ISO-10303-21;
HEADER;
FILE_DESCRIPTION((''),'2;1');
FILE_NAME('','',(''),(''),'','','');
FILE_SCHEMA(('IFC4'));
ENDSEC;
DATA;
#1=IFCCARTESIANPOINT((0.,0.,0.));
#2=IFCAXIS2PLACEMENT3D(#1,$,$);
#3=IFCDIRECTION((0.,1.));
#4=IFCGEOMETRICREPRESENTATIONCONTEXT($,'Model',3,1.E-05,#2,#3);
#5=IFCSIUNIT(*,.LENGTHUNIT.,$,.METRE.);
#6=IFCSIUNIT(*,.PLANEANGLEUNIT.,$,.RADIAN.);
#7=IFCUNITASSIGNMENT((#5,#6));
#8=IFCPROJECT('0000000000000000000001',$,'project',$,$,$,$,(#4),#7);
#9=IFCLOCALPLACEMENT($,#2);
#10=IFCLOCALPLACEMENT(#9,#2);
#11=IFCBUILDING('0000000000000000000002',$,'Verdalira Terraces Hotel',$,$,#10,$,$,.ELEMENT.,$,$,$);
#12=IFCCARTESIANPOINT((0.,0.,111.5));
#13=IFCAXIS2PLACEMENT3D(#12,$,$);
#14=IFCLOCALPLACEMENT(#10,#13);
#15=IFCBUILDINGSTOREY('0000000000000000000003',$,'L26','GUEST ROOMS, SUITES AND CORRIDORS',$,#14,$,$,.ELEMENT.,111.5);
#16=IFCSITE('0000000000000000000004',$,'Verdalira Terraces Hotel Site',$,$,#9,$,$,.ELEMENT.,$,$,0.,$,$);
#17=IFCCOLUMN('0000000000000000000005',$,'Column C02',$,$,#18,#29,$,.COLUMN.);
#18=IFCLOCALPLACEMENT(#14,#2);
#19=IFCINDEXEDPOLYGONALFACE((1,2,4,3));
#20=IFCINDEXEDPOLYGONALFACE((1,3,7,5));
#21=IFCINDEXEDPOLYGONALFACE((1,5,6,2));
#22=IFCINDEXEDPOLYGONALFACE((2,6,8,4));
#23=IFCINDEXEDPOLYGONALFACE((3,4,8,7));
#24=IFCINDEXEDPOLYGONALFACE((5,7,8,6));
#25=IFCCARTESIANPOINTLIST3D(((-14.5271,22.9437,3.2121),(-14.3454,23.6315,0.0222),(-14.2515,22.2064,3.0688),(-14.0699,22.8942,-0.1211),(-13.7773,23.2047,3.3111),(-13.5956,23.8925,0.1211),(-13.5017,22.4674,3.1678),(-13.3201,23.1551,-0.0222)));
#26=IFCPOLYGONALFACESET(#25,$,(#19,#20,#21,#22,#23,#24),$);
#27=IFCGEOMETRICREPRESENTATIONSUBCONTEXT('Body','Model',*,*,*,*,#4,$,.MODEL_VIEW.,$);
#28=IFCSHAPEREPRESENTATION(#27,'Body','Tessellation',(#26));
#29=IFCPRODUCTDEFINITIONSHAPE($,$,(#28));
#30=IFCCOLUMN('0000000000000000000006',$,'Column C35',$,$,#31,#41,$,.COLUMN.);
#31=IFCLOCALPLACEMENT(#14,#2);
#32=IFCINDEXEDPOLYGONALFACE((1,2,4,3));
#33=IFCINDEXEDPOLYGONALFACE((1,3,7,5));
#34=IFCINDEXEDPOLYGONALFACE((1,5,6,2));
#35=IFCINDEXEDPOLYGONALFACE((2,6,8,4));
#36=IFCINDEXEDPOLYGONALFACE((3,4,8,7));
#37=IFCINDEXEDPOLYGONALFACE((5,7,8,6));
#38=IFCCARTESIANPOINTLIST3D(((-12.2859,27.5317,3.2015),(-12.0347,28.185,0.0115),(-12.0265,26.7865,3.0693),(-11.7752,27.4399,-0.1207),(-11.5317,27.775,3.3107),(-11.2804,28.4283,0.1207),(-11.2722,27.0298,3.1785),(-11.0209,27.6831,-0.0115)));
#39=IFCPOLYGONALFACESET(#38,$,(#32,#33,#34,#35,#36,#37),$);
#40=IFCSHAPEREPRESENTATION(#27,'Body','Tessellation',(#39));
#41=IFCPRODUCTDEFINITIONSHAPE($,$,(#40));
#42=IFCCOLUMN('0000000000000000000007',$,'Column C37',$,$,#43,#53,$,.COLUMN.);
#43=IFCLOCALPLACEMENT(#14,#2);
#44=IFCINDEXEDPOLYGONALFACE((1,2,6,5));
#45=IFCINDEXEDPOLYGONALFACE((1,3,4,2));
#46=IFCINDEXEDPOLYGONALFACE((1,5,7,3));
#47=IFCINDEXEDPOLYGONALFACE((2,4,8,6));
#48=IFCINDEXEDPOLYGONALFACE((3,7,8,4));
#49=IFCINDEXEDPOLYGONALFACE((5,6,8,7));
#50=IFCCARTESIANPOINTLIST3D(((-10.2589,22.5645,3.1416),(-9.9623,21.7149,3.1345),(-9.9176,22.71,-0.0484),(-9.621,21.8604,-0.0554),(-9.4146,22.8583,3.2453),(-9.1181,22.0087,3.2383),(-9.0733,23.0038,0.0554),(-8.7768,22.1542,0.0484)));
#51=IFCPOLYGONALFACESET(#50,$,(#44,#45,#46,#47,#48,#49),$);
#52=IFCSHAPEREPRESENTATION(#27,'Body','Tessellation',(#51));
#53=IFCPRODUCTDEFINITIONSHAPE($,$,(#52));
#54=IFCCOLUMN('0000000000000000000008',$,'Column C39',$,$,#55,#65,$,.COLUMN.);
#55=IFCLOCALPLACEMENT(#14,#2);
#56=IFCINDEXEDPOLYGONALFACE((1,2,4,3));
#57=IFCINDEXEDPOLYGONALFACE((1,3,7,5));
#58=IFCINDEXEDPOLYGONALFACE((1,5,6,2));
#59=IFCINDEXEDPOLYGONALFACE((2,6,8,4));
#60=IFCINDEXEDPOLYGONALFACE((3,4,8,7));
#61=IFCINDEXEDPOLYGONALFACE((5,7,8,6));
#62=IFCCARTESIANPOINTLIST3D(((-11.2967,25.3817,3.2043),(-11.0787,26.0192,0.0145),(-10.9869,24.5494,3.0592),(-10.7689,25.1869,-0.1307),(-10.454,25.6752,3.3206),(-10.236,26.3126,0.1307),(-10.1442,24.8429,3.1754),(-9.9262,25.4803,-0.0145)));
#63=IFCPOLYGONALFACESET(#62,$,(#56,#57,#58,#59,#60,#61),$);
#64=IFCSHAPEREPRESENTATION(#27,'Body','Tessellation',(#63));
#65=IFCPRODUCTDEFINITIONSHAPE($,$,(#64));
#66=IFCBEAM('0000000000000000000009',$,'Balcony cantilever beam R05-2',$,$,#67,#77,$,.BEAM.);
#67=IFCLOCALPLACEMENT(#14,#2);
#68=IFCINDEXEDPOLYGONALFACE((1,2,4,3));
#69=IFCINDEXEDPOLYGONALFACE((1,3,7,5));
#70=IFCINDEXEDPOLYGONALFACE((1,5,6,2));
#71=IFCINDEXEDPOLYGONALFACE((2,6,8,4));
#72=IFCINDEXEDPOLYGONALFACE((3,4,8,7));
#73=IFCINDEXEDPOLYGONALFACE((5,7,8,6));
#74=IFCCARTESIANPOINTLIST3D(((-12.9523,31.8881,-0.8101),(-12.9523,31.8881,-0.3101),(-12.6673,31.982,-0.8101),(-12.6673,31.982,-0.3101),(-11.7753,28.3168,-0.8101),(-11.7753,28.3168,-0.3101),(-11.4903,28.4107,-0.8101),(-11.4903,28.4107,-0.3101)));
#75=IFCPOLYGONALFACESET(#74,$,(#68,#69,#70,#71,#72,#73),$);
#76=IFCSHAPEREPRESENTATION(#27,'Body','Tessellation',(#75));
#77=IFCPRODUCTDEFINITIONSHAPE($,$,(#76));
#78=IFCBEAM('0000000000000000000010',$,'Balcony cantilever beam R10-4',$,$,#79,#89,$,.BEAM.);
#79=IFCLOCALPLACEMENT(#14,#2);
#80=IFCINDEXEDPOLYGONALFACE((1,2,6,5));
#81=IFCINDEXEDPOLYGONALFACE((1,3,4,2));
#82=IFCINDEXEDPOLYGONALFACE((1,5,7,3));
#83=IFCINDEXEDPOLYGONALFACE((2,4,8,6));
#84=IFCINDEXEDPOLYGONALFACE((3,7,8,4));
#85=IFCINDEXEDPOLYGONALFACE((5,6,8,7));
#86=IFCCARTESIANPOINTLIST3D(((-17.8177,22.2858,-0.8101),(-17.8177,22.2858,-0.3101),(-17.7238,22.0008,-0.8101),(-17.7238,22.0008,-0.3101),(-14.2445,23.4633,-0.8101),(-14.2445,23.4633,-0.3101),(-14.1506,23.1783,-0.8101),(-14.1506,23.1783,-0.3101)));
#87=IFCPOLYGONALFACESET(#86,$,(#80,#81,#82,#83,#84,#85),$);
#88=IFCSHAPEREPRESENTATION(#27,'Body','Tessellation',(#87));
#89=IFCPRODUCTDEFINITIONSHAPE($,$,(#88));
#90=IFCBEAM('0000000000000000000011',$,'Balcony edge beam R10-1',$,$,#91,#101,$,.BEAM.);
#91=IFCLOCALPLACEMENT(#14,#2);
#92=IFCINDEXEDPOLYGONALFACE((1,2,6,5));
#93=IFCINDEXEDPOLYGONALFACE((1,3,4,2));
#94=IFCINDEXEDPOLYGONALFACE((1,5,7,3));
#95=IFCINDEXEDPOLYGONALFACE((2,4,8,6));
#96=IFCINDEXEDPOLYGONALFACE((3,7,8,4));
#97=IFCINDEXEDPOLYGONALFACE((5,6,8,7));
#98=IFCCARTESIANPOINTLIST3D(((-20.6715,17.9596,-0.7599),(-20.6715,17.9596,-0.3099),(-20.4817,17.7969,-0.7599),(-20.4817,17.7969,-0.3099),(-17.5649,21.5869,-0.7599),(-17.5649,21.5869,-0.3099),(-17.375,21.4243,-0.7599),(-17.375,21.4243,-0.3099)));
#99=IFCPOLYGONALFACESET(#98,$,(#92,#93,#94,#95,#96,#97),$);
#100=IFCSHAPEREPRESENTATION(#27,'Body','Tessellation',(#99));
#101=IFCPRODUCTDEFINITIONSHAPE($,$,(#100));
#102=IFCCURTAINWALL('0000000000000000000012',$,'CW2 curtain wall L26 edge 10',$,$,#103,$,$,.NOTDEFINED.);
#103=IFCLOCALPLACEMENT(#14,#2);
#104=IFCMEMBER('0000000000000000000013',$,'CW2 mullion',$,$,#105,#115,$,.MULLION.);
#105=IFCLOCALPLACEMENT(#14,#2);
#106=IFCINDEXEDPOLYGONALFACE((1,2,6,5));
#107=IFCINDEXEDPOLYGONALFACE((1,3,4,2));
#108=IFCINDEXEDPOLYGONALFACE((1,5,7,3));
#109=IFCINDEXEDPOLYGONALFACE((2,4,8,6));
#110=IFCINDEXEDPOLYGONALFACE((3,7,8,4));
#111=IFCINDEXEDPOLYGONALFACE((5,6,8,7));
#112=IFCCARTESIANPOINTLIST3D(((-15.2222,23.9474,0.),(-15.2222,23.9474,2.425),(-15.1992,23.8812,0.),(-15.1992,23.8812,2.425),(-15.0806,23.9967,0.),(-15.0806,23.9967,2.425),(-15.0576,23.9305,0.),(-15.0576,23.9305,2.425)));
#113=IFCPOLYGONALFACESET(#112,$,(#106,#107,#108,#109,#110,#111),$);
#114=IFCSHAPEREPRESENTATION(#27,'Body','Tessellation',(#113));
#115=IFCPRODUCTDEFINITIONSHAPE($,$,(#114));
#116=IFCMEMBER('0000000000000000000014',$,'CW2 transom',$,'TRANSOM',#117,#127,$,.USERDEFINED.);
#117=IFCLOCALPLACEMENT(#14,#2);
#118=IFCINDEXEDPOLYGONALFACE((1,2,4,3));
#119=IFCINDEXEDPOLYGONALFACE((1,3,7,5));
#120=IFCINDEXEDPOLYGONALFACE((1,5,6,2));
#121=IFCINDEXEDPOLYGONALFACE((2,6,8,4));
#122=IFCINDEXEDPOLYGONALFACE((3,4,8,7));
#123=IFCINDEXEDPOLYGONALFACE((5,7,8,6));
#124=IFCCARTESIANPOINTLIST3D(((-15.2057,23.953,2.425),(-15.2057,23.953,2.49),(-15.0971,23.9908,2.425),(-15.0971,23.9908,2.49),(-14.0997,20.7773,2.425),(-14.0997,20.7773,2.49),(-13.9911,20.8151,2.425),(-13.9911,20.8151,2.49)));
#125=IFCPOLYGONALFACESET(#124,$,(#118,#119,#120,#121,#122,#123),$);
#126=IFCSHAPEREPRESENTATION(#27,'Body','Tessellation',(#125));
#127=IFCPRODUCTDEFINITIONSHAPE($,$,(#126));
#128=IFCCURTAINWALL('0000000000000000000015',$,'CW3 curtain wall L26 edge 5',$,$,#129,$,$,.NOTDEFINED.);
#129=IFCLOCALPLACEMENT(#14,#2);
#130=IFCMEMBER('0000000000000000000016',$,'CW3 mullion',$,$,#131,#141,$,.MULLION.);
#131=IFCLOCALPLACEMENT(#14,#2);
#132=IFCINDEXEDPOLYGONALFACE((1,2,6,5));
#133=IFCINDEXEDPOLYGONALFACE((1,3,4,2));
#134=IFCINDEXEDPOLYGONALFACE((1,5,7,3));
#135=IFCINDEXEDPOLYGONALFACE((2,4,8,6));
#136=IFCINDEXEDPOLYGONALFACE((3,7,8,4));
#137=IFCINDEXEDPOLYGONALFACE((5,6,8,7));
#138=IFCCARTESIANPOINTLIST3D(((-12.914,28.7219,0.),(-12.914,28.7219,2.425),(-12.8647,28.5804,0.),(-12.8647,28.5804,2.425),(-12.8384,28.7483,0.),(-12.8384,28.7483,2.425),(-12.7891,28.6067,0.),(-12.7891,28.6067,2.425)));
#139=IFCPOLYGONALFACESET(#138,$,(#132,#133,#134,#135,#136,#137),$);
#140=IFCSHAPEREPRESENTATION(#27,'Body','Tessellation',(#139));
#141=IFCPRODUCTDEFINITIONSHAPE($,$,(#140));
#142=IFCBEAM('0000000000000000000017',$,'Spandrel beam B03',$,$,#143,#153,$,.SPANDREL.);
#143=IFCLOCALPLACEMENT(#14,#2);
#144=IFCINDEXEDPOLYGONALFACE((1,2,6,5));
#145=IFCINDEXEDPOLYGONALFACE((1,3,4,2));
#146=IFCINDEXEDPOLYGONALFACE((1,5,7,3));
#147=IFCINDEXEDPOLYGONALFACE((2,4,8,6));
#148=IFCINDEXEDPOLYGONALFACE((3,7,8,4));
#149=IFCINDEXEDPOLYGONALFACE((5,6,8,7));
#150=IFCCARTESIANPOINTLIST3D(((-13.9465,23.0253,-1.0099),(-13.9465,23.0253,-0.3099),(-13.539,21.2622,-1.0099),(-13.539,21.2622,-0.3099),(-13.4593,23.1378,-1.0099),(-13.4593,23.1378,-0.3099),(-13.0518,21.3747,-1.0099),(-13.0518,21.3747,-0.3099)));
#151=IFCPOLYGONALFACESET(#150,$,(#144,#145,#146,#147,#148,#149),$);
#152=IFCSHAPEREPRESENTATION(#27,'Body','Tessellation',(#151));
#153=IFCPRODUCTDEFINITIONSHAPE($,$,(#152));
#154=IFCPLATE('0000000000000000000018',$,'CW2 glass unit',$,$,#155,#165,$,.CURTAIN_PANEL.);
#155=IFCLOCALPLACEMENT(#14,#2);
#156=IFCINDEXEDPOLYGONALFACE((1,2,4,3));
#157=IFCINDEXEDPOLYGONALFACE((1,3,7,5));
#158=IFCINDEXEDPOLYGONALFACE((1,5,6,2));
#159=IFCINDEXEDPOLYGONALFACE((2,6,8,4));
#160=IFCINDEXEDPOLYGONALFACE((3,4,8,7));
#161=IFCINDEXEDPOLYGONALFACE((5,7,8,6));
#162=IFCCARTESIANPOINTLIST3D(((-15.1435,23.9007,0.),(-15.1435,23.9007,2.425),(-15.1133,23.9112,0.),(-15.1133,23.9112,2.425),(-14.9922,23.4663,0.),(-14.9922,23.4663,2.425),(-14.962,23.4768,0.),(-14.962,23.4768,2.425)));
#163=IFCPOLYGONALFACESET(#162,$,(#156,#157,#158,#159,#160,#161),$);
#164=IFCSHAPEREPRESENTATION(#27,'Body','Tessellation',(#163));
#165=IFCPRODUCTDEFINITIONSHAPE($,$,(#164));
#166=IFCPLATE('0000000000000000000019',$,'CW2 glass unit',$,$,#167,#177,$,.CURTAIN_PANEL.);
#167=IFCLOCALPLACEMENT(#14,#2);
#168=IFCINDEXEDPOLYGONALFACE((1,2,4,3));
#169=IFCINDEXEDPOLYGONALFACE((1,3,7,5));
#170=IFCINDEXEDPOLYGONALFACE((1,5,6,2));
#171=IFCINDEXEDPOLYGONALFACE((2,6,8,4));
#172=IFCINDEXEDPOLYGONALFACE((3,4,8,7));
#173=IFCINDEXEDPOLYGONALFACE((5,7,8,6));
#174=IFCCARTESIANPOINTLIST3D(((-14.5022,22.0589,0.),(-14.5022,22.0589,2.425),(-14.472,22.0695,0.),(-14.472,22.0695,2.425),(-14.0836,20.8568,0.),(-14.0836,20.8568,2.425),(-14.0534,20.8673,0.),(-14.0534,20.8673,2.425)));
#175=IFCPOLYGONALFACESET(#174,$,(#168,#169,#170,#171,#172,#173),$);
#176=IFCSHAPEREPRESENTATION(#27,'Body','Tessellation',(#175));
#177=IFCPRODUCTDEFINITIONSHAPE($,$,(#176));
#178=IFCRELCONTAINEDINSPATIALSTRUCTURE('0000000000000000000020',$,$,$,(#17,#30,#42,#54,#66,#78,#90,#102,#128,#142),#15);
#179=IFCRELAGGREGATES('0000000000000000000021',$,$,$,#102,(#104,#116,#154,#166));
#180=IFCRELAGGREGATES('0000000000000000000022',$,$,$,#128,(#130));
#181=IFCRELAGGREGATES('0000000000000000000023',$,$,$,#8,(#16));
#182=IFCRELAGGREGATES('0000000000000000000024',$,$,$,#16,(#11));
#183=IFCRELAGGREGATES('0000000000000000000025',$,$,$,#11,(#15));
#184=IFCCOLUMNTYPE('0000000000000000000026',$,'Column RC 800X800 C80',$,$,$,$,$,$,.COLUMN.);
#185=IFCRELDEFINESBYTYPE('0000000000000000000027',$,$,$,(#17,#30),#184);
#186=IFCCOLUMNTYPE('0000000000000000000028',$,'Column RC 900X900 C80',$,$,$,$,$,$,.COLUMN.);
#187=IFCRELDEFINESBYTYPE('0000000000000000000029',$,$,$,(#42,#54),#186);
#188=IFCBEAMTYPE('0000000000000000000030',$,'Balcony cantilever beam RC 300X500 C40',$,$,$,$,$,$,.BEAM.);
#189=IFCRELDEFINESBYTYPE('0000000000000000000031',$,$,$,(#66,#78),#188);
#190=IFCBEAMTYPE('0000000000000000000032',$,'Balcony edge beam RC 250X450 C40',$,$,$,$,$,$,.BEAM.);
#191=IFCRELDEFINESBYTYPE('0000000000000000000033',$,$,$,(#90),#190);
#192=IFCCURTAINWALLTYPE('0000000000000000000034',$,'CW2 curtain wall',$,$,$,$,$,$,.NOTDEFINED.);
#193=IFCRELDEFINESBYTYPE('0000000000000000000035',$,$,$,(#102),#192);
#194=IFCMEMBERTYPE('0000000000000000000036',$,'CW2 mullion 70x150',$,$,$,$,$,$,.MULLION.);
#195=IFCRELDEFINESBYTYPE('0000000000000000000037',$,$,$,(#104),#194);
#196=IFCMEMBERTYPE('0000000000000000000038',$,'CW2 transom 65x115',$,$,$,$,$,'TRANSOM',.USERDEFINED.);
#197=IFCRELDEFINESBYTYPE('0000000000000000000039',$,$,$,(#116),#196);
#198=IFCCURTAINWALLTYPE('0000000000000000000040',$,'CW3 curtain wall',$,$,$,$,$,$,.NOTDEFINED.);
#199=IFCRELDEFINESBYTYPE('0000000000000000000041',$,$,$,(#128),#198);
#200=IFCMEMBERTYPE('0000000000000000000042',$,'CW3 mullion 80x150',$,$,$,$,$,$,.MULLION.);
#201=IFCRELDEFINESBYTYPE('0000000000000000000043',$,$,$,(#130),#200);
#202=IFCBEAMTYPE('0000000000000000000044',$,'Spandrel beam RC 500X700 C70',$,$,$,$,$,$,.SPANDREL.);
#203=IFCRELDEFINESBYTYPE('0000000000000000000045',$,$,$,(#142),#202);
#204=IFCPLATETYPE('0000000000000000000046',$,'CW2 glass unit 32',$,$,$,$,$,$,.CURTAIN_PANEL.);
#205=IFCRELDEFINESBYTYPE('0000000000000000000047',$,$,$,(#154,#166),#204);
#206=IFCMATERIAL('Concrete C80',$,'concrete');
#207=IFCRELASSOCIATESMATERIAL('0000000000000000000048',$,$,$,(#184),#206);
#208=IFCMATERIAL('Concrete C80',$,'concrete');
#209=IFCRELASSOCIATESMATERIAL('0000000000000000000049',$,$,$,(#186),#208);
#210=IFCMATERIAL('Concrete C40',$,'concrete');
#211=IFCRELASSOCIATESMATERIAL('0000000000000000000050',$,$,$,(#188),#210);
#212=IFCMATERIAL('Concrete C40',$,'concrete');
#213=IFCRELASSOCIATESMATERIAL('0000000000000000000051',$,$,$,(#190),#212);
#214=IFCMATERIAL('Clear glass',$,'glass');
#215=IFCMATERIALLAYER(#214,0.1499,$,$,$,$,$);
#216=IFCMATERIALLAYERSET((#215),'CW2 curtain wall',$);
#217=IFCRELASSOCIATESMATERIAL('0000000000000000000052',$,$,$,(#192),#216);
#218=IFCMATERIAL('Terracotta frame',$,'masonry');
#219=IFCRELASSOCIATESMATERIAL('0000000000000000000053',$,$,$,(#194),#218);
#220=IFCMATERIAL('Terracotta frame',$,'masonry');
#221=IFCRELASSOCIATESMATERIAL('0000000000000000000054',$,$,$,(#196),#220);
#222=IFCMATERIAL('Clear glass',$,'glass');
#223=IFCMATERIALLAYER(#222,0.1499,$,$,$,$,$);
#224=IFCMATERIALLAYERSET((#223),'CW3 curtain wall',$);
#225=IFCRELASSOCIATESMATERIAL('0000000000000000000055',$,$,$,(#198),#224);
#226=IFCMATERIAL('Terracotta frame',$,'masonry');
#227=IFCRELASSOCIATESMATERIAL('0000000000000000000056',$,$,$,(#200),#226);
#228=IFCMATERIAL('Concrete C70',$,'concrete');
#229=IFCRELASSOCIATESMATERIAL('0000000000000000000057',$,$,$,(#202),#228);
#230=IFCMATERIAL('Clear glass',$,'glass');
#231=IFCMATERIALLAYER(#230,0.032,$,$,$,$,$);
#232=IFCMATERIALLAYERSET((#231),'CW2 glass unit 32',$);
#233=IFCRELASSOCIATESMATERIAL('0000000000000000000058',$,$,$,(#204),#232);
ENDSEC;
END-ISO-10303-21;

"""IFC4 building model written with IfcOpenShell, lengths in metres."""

from ifc_helpers import new_model, si_unit, direction, frame, origin, origin_2d, place, context, subcontext, project, spatial, rectangle, extrude, material, layer, layer_set, material_profile, profile_set, type_object, element, aggregate, save


model = new_model("IFC4")

# Units and contexts
model_context = context("Model", 3, precision=1e-05, world=origin(), true_north=direction((0.0, 1.0)))
body_context = subcontext(model_context, "Body", "Model", "MODEL_VIEW")
ifc_project = project(units=[si_unit("LENGTHUNIT", "METRE"), si_unit("PLANEANGLEUNIT", "RADIAN")], contexts=[model_context])

# Site, building, storey
site_placement = place(None, origin())
site = spatial("IfcSite", under=ifc_project, at=site_placement, Name="Verdalira Terraces Hotel Site", CompositionType="ELEMENT", RefElevation=0.0)
building_placement = place(site_placement, origin())
building = spatial("IfcBuilding", under=site, at=building_placement, Name="Verdalira Terraces Hotel", CompositionType="ELEMENT")
storey_placement = place(building_placement, frame((0.0, 0.0, 111.5)))
storey = spatial("IfcBuildingStorey", under=building, at=storey_placement, Name="L26", Description="GUEST ROOMS, SUITES AND CORRIDORS", CompositionType="ELEMENT", Elevation=111.5)

# Columns
ifc_material_1 = material(Name="Concrete C80", Category="concrete")
ifc_material_profile_1 = material_profile(ifc_material_1, rectangle(XDim=0.8, YDim=0.8, at=origin_2d()), Name="RC 800X800")
ifc_profile_set_1 = profile_set([ifc_material_profile_1], Name="Concrete C80")
column_type_1 = type_object("IfcColumnType", Name="Column RC 800X800 C80", PredefinedType="COLUMN", material=ifc_profile_set_1)
column_1_placement = place(storey_placement, frame((-13.8328, 23.3933, 0.0), z_axis=(-0.055577, -0.210429, 0.976028), x_axis=(0.3444, -0.921585, -0.179081)))
element("IfcColumn", 1, at=column_1_placement, inside=storey, type_object=column_type_1, Name="Column C02", PredefinedType="COLUMN", context=body_context, shape_type="SweptSolid", body=[
    extrude(rectangle(XDim=0.8, YDim=0.8, at=origin_2d()), origin(), (0.0, 0.0, 1.0), 3.2683),
])
column_2_placement = place(storey_placement, frame((-11.5278, 27.9341, 0.0), z_axis=(-0.076924, -0.200047, 0.976762), x_axis=(-0.94281, -0.304089, -0.136529)))
element("IfcColumn", 2, at=column_2_placement, inside=storey, type_object=column_type_1, Name="Column C35", PredefinedType="COLUMN", context=body_context, shape_type="SweptSolid", body=[
    extrude(rectangle(XDim=0.8, YDim=0.8, at=origin_2d()), origin(), (0.0, 0.0, 1.0), 3.2659),
])
ifc_material_2 = material(Name="Concrete C80", Category="concrete")
ifc_material_profile_2 = material_profile(ifc_material_2, rectangle(XDim=0.8999, YDim=0.8999, at=origin_2d()), Name="RC 900X900")
ifc_profile_set_2 = profile_set([ifc_material_profile_2], Name="Concrete C80")
column_type_2 = type_object("IfcColumnType", Name="Column RC 900X900 C80", PredefinedType="COLUMN", material=ifc_profile_set_2)
column_3_placement = place(storey_placement, frame((-9.3472, 22.4321, 0.0), z_axis=(-0.106279, -0.045309, 0.993304), x_axis=(-0.329531, 0.944112, 0.007807)))
element("IfcColumn", 3, at=column_3_placement, inside=storey, type_object=column_type_2, Name="Column C37", PredefinedType="COLUMN", context=body_context, shape_type="SweptSolid", body=[
    extrude(rectangle(XDim=0.8999, YDim=0.8999, at=origin_2d()), origin(), (0.0, 0.0, 1.0), 3.2114),
])
column_4_placement = place(storey_placement, frame((-10.5024, 25.7498, 0.0), z_axis=(-0.06687, -0.195519, 0.978417), x_axis=(-0.344311, 0.924897, 0.161292)))
element("IfcColumn", 4, at=column_4_placement, inside=storey, type_object=column_type_2, Name="Column C39", PredefinedType="COLUMN", context=body_context, shape_type="SweptSolid", body=[
    extrude(rectangle(XDim=0.8999, YDim=0.8999, at=origin_2d()), origin(), (0.0, 0.0, 1.0), 3.2603),
])

# Beams
ifc_material_3 = material(Name="Concrete C40", Category="concrete")
ifc_material_profile_3 = material_profile(ifc_material_3, rectangle(XDim=0.3, YDim=0.5, at=origin_2d()), Name="RC 300X500")
ifc_profile_set_3 = profile_set([ifc_material_profile_3], Name="Concrete C40")
beam_type_1 = type_object("IfcBeamType", Name="Balcony cantilever beam RC 300X500 C40", PredefinedType="BEAM", material=ifc_profile_set_3)
beam_1_placement = place(storey_placement, frame((-11.6328, 28.3638, -0.5601), z_axis=(-0.313012, 0.949749, 0.0), x_axis=(-0.949749, -0.313012, 0.0)))
element("IfcBeam", 5, at=beam_1_placement, inside=storey, type_object=beam_type_1, Name="Balcony cantilever beam R05-2", PredefinedType="BEAM", context=body_context, shape_type="SweptSolid", body=[
    extrude(rectangle(XDim=0.3, YDim=0.5, at=origin_2d()), origin(), (0.0, 0.0, 1.0), 3.7603),
])
beam_2_placement = place(storey_placement, frame((-14.1975, 23.3208, -0.5601), z_axis=(-0.949761, -0.312975, 0.0), x_axis=(0.312975, -0.949761, 0.0)))
element("IfcBeam", 6, at=beam_2_placement, inside=storey, type_object=beam_type_1, Name="Balcony cantilever beam R10-4", PredefinedType="BEAM", context=body_context, shape_type="SweptSolid", body=[
    extrude(rectangle(XDim=0.3, YDim=0.5, at=origin_2d()), origin(), (0.0, 0.0, 1.0), 3.7622),
])
ifc_material_4 = material(Name="Concrete C40", Category="concrete")
ifc_material_profile_4 = material_profile(ifc_material_4, rectangle(XDim=0.25, YDim=0.45, at=origin_2d()), Name="RC 250X450")
ifc_profile_set_4 = profile_set([ifc_material_profile_4], Name="Concrete C40")
beam_type_2 = type_object("IfcBeamType", Name="Balcony edge beam RC 250X450 C40", PredefinedType="BEAM", material=ifc_profile_set_4)
beam_3_placement = place(storey_placement, frame((-17.47, 21.5056, -0.5349), z_axis=(-0.650484, -0.75952, 0.0), x_axis=(0.75952, -0.650484, 0.0)))
element("IfcBeam", 7, at=beam_3_placement, inside=storey, type_object=beam_type_2, Name="Balcony edge beam R10-1", PredefinedType="BEAM", context=body_context, shape_type="SweptSolid", body=[
    extrude(rectangle(XDim=0.25, YDim=0.45, at=origin_2d()), origin(), (0.0, 0.0, 1.0), 4.7759),
])

# Curtain wall, members
ifc_material_5 = material(Name="Clear glass", Category="glass")
ifc_layer_1 = layer(ifc_material_5, 0.1499)
ifc_layer_set_1 = layer_set([ifc_layer_1], Name="CW2 curtain wall")
curtain_wall_type_1 = type_object("IfcCurtainWallType", Name="CW2 curtain wall", PredefinedType="NOTDEFINED", material=ifc_layer_set_1)
curtain_wall_1_placement = place(storey_placement, origin())
curtain_wall_1 = element("IfcCurtainWall", 8, at=curtain_wall_1_placement, inside=storey, type_object=curtain_wall_type_1, Name="CW2 curtain wall L26 edge 10", PredefinedType="NOTDEFINED")
ifc_material_6 = material(Name="Terracotta frame", Category="masonry")
ifc_material_profile_5 = material_profile(ifc_material_6, rectangle(XDim=0.0701, YDim=0.1499, at=origin_2d()), Name="MU 70x150")
ifc_profile_set_5 = profile_set([ifc_material_profile_5], Name="Terracotta frame")
member_type_1 = type_object("IfcMemberType", Name="CW2 mullion 70x150", PredefinedType="MULLION", material=ifc_profile_set_5)
member_1_placement = place(storey_placement, frame((-15.1399, 23.939, 0.0), z_axis=(0.0, 0.0, 1.0), x_axis=(0.328867, -0.944376, 0.0)))
member_1 = element("IfcMember", 9, at=member_1_placement, type_object=member_type_1, Name="CW2 mullion", PredefinedType="MULLION", context=body_context, shape_type="SweptSolid", body=[
    extrude(rectangle(XDim=0.0701, YDim=0.1499, at=origin_2d()), origin(), (0.0, 0.0, 1.0), 2.425),
])
ifc_material_7 = material(Name="Terracotta frame", Category="masonry")
ifc_material_profile_6 = material_profile(ifc_material_7, rectangle(XDim=0.115, YDim=0.0649, at=origin_2d()), Name="TR 65x115")
ifc_profile_set_6 = profile_set([ifc_material_profile_6], Name="Terracotta frame")
member_type_2 = type_object("IfcMemberType", Name="CW2 transom 65x115", ElementType="TRANSOM", PredefinedType="USERDEFINED", material=ifc_profile_set_6)
member_2_placement = place(storey_placement, frame((-15.1514, 23.9719, 2.4575), z_axis=(0.328875, -0.944373, 0.0), x_axis=(0.944373, 0.328875, 0.0)))
member_2 = element("IfcMember", 10, at=member_2_placement, type_object=member_type_2, Name="CW2 transom", ObjectType="TRANSOM", PredefinedType="USERDEFINED", context=body_context, shape_type="SweptSolid", body=[
    extrude(rectangle(XDim=0.115, YDim=0.0649, at=origin_2d()), origin(), (0.0, 0.0, 1.0), 3.3628),
])

# Curtain wall, member
ifc_material_8 = material(Name="Clear glass", Category="glass")
ifc_layer_2 = layer(ifc_material_8, 0.1499)
ifc_layer_set_2 = layer_set([ifc_layer_2], Name="CW3 curtain wall")
curtain_wall_type_2 = type_object("IfcCurtainWallType", Name="CW3 curtain wall", PredefinedType="NOTDEFINED", material=ifc_layer_set_2)
curtain_wall_2_placement = place(storey_placement, origin())
curtain_wall_2 = element("IfcCurtainWall", 11, at=curtain_wall_2_placement, inside=storey, type_object=curtain_wall_type_2, Name="CW3 curtain wall L26 edge 5", PredefinedType="NOTDEFINED")
ifc_material_9 = material(Name="Terracotta frame", Category="masonry")
ifc_material_profile_7 = material_profile(ifc_material_9, rectangle(XDim=0.0801, YDim=0.1499, at=origin_2d()), Name="MU 80x150")
ifc_profile_set_7 = profile_set([ifc_material_profile_7], Name="Terracotta frame")
member_type_3 = type_object("IfcMemberType", Name="CW3 mullion 80x150", PredefinedType="MULLION", material=ifc_profile_set_7)
member_3_placement = place(storey_placement, frame((-12.8516, 28.6643, 0.0), z_axis=(0.0, 0.0, 1.0), x_axis=(-0.944376, -0.328867, 0.0)))
member_3 = element("IfcMember", 12, at=member_3_placement, type_object=member_type_3, Name="CW3 mullion", PredefinedType="MULLION", context=body_context, shape_type="SweptSolid", body=[
    extrude(rectangle(XDim=0.0801, YDim=0.1499, at=origin_2d()), origin(), (0.0, 0.0, 1.0), 2.425),
])

# Beam
ifc_material_10 = material(Name="Concrete C70", Category="concrete")
ifc_material_profile_8 = material_profile(ifc_material_10, rectangle(XDim=0.5, YDim=0.7, at=origin_2d()), Name="RC 500X700")
ifc_profile_set_8 = profile_set([ifc_material_profile_8], Name="Concrete C70")
beam_type_3 = type_object("IfcBeamType", Name="Spandrel beam RC 500X700 C70", PredefinedType="SPANDREL", material=ifc_profile_set_8)
beam_4_placement = place(storey_placement, frame((-13.7029, 23.0815, -0.6599), z_axis=(0.225165, -0.974321, 0.0), x_axis=(0.974321, 0.225165, 0.0)))
element("IfcBeam", 13, at=beam_4_placement, inside=storey, type_object=beam_type_3, Name="Spandrel beam B03", PredefinedType="SPANDREL", context=body_context, shape_type="SweptSolid", body=[
    extrude(rectangle(XDim=0.5, YDim=0.7, at=origin_2d()), origin(), (0.0, 0.0, 1.0), 1.8096),
])

# Plates
ifc_material_11 = material(Name="Clear glass", Category="glass")
ifc_layer_3 = layer(ifc_material_11, 0.032)
ifc_layer_set_3 = layer_set([ifc_layer_3], Name="CW2 glass unit 32")
plate_type_1 = type_object("IfcPlateType", Name="CW2 glass unit 32", PredefinedType="CURTAIN_PANEL", material=ifc_layer_set_3)
plate_1_placement = place(storey_placement, frame((-15.0527, 23.6887, 0.0), z_axis=(0.0, 0.0, 1.0), x_axis=(0.328867, -0.944376, 0.0)))
plate_1 = element("IfcPlate", 14, at=plate_1_placement, type_object=plate_type_1, Name="CW2 glass unit", PredefinedType="CURTAIN_PANEL", context=body_context, shape_type="SweptSolid", body=[
    extrude(rectangle(XDim=0.46, YDim=0.032, at=origin_2d()), origin(), (0.0, 0.0, 1.0), 2.425),
])
plate_2_placement = place(storey_placement, frame((-14.2778, 21.4631, 0.0), z_axis=(0.0, 0.0, 1.0), x_axis=(0.328867, -0.944376, 0.0)))
plate_2 = element("IfcPlate", 15, at=plate_2_placement, type_object=plate_type_1, Name="CW2 glass unit", PredefinedType="CURTAIN_PANEL", context=body_context, shape_type="SweptSolid", body=[
    extrude(rectangle(XDim=1.2729, YDim=0.032, at=origin_2d()), origin(), (0.0, 0.0, 1.0), 2.425),
])
aggregate(curtain_wall_1, [member_1, member_2, plate_1, plate_2])
aggregate(curtain_wall_2, [member_3])

save(model, "model.ifc")
